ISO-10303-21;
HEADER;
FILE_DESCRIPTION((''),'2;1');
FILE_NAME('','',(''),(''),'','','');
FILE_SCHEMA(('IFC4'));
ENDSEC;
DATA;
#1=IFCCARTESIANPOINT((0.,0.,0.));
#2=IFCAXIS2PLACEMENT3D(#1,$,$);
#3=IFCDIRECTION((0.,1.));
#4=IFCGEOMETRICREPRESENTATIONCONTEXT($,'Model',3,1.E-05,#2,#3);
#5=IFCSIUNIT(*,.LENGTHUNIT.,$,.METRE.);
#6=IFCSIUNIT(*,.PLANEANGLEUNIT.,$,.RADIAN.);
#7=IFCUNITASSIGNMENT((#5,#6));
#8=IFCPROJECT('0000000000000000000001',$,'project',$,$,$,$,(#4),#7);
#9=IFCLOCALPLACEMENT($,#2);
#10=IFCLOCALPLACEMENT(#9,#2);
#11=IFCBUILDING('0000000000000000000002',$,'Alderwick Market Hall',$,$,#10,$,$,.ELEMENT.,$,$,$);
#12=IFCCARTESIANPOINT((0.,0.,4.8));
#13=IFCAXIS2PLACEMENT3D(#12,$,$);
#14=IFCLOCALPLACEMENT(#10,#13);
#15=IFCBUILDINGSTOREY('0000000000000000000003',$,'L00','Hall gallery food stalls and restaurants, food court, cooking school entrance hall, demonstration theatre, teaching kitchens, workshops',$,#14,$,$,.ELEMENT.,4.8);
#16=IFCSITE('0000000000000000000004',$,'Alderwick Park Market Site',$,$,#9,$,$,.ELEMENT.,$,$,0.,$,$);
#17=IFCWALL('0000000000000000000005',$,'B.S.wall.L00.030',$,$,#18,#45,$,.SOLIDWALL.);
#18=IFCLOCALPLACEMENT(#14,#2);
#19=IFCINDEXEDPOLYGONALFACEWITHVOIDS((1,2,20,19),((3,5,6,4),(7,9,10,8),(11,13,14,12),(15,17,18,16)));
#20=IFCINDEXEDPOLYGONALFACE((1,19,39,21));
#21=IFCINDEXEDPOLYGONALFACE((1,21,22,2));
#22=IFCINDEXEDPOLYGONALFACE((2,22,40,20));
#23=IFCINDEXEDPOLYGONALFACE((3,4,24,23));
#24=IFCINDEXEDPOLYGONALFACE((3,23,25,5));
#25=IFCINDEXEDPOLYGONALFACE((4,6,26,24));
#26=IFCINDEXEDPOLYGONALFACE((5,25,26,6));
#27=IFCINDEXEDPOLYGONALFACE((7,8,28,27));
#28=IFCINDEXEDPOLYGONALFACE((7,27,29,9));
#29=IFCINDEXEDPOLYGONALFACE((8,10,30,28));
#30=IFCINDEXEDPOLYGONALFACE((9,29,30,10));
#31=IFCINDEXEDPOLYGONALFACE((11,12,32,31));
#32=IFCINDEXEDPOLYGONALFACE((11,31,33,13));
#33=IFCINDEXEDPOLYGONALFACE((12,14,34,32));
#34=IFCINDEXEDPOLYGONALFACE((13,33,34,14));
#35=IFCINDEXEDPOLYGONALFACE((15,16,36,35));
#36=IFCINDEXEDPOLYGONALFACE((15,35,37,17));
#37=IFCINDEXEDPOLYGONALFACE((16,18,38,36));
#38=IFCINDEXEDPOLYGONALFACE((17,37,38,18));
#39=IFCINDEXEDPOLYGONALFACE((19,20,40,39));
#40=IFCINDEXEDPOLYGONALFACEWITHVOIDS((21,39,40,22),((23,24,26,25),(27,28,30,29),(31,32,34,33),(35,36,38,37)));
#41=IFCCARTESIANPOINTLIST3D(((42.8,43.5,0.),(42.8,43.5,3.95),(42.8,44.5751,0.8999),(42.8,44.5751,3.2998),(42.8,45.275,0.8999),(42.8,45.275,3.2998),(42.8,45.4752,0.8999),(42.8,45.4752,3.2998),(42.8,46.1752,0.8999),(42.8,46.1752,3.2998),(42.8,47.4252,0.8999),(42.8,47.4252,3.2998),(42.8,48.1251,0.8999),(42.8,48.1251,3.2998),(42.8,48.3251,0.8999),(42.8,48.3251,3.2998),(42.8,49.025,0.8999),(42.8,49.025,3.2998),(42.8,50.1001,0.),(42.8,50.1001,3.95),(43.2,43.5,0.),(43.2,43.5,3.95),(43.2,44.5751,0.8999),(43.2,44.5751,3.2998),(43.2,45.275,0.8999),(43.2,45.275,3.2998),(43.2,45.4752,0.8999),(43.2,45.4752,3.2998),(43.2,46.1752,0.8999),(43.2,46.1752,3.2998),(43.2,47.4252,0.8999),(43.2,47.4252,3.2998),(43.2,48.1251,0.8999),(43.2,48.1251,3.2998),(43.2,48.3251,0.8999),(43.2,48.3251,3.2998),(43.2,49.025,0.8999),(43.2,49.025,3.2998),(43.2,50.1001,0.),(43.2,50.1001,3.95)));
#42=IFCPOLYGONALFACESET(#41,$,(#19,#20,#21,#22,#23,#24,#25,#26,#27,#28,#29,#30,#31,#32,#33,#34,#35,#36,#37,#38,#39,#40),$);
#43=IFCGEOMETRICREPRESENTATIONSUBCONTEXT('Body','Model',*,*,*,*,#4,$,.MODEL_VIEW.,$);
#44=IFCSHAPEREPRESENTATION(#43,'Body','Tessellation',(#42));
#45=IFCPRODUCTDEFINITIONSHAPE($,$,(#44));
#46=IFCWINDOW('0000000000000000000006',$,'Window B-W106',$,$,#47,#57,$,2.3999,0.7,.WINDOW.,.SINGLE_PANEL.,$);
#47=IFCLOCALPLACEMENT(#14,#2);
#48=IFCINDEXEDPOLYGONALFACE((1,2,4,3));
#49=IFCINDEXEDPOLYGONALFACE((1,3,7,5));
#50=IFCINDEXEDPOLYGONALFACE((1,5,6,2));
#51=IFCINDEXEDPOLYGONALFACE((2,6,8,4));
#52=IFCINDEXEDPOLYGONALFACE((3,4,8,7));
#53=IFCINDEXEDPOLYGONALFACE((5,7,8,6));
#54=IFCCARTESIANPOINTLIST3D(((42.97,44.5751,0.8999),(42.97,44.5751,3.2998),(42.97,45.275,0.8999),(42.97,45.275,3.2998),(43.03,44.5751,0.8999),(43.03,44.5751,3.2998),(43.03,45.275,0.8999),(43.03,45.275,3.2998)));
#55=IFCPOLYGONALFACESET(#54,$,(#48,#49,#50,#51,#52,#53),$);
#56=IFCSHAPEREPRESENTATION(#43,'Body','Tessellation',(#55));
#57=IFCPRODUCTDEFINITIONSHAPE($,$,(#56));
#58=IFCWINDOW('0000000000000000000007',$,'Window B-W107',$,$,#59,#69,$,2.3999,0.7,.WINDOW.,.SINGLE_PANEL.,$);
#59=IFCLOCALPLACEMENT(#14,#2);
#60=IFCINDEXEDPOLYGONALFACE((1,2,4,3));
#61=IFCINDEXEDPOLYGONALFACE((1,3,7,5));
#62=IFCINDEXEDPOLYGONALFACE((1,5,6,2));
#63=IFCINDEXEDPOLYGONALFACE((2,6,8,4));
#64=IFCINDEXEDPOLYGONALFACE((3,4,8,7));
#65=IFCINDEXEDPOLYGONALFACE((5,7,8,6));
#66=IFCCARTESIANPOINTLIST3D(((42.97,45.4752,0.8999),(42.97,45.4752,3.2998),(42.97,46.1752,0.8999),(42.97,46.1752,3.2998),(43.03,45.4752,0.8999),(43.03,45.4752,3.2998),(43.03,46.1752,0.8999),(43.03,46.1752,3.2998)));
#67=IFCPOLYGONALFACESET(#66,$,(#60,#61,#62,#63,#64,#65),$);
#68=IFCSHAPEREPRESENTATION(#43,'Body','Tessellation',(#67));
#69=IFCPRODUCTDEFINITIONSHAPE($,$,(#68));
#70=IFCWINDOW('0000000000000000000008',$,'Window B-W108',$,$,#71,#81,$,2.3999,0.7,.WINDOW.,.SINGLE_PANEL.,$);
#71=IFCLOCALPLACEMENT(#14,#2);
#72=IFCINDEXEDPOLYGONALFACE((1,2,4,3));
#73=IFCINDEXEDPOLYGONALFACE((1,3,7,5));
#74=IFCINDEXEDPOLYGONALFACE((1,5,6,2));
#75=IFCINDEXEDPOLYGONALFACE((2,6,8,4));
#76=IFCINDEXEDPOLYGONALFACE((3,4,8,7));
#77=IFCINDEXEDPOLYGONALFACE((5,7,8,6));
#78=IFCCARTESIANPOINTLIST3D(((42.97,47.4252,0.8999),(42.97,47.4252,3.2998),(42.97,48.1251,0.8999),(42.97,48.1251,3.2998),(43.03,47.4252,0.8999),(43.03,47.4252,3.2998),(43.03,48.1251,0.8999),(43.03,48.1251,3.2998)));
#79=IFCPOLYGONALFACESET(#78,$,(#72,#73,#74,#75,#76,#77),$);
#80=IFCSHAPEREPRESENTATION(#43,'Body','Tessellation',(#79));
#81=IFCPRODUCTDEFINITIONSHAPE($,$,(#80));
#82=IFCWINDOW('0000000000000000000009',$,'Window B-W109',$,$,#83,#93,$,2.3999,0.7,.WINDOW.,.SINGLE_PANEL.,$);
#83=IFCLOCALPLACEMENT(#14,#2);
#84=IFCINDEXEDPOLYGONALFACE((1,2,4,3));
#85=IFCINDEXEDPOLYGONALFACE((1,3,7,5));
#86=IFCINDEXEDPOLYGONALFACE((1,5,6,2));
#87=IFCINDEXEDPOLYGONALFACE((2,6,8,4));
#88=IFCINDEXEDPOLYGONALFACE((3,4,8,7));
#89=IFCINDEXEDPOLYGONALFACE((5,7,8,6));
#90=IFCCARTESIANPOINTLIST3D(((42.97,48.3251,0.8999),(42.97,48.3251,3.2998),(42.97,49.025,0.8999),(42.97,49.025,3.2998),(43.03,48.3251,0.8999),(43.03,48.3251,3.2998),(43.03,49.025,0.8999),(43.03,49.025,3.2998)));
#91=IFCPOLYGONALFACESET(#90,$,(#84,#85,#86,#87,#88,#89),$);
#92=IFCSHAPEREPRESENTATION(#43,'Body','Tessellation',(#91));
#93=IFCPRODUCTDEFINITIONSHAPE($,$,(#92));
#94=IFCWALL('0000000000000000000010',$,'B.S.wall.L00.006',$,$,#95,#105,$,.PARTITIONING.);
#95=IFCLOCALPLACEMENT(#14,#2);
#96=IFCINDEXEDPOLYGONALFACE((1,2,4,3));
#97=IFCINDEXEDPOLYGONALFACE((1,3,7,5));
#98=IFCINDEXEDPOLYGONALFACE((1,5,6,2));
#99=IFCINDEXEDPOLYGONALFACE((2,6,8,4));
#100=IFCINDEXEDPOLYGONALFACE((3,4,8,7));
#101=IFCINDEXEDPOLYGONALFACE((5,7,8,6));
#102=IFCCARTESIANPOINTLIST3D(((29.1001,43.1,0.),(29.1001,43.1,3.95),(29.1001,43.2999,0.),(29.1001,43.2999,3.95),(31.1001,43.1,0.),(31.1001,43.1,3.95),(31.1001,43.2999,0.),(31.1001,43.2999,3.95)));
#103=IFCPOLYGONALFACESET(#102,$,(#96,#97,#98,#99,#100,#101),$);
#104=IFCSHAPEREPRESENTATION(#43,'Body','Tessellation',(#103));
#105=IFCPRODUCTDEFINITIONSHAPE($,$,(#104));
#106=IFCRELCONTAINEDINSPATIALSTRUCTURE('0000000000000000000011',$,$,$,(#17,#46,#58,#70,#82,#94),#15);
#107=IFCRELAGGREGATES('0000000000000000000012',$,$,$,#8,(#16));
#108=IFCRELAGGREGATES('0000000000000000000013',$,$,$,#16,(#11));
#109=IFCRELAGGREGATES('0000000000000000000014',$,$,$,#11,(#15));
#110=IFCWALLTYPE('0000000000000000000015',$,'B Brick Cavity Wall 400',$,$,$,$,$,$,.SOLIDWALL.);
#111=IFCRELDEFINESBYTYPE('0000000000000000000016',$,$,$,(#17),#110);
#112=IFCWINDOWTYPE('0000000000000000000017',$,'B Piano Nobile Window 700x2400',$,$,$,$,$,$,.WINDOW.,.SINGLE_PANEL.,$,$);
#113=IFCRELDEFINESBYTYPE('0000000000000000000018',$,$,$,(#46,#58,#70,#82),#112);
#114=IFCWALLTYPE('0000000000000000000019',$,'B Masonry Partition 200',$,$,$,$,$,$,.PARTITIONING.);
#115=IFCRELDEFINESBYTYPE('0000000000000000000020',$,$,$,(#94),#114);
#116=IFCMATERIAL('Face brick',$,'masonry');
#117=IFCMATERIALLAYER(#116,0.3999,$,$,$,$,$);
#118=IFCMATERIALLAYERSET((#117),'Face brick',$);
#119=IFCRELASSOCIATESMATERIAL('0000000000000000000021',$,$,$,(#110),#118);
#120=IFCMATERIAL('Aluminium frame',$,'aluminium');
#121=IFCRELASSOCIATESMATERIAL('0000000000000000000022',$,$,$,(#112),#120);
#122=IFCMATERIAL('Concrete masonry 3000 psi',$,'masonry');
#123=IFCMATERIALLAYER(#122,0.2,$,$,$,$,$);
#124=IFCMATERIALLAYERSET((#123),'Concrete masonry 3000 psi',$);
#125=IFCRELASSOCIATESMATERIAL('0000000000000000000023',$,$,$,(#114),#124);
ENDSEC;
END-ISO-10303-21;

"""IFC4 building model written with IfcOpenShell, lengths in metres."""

from ifc_helpers import new_model, si_unit, direction, frame, frame_2d, origin, place, context, subcontext, project, spatial, rectangle, extrude, material, layer, layer_set, type_object, element, fill, save


model = new_model("IFC4")

# Units and contexts
model_context = context("Model", 3, precision=1e-05, world=origin(), true_north=direction((0.0, 1.0)))
body_context = subcontext(model_context, "Body", "Model", "MODEL_VIEW")
ifc_project = project(units=[si_unit("LENGTHUNIT", "METRE"), si_unit("PLANEANGLEUNIT", "RADIAN")], contexts=[model_context])

# Site, building, storey
site_placement = place(None, origin())
site = spatial("IfcSite", under=ifc_project, at=site_placement, Name="Alderwick Park Market Site", CompositionType="ELEMENT", RefElevation=0.0)
building_placement = place(site_placement, origin())
building = spatial("IfcBuilding", under=site, at=building_placement, Name="Alderwick Market Hall", CompositionType="ELEMENT")
storey_placement = place(building_placement, frame((0.0, 0.0, 4.8)))
storey = spatial("IfcBuildingStorey", under=building, at=storey_placement, Name="L00", Description="Hall gallery food stalls and restaurants, food court, cooking school entrance hall, demonstration theatre, teaching kitchens, workshops", CompositionType="ELEMENT", Elevation=4.8)

# Wall, openings, windows
ifc_material_1 = material(Name="Face brick", Category="masonry")
ifc_layer_1 = layer(ifc_material_1, 0.3999)
ifc_layer_set_1 = layer_set([ifc_layer_1], Name="Face brick")
wall_type_1 = type_object("IfcWallType", Name="B Brick Cavity Wall 400", PredefinedType="SOLIDWALL", material=ifc_layer_set_1)
wall_1_placement = place(storey_placement, frame((43.0, 43.5, 0.0), z_axis=(0.0, 0.0, 1.0), x_axis=(0.0, 1.0, 0.0)))
wall_1 = element("IfcWall", 1, at=wall_1_placement, inside=storey, type_object=wall_type_1, Name="B.S.wall.L00.030", PredefinedType="SOLIDWALL", context=body_context, shape_type="SweptSolid", body=[
    extrude(rectangle(XDim=6.6001, YDim=0.3999, at=frame_2d((3.3, 0.0))), origin(), (0.0, 0.0, 1.0), 3.95),
])
opening_1_placement = place(wall_1_placement, frame((1.075, 0.0, 0.8999)))
opening_1 = element("IfcOpeningElement", 2, at=opening_1_placement, cuts=wall_1, PredefinedType="OPENING", context=body_context, shape_type="SweptSolid", body=[
    extrude(rectangle(XDim=0.7, YDim=2.3999, at=frame_2d((0.3501, 1.2))), frame((0.0, 0.21, 0.0), z_axis=(0.0, -1.0, 0.0), x_axis=(1.0, 0.0, 0.0)), (0.0, 0.0, 1.0), 0.4199),
])
opening_2_placement = place(wall_1_placement, frame((1.9751, 0.0, 0.8999)))
opening_2 = element("IfcOpeningElement", 3, at=opening_2_placement, cuts=wall_1, PredefinedType="OPENING", context=body_context, shape_type="SweptSolid", body=[
    extrude(rectangle(XDim=0.7, YDim=2.3999, at=frame_2d((0.3501, 1.2))), frame((0.0, 0.21, 0.0), z_axis=(0.0, -1.0, 0.0), x_axis=(1.0, 0.0, 0.0)), (0.0, 0.0, 1.0), 0.4199),
])
opening_3_placement = place(wall_1_placement, frame((3.925, 0.0, 0.8999)))
opening_3 = element("IfcOpeningElement", 4, at=opening_3_placement, cuts=wall_1, PredefinedType="OPENING", context=body_context, shape_type="SweptSolid", body=[
    extrude(rectangle(XDim=0.7, YDim=2.3999, at=frame_2d((0.3501, 1.2))), frame((0.0, 0.21, 0.0), z_axis=(0.0, -1.0, 0.0), x_axis=(1.0, 0.0, 0.0)), (0.0, 0.0, 1.0), 0.4199),
])
opening_4_placement = place(wall_1_placement, frame((4.825, 0.0, 0.8999)))
opening_4 = element("IfcOpeningElement", 5, at=opening_4_placement, cuts=wall_1, PredefinedType="OPENING", context=body_context, shape_type="SweptSolid", body=[
    extrude(rectangle(XDim=0.7, YDim=2.3999, at=frame_2d((0.3501, 1.2))), frame((0.0, 0.21, 0.0), z_axis=(0.0, -1.0, 0.0), x_axis=(1.0, 0.0, 0.0)), (0.0, 0.0, 1.0), 0.4199),
])
ifc_material_2 = material(Name="Aluminium frame", Category="aluminium")
window_type = type_object("IfcWindowType", Name="B Piano Nobile Window 700x2400", PartitioningType="SINGLE_PANEL", PredefinedType="WINDOW", material=ifc_material_2)
window_1_placement = place(opening_1_placement, origin())
window_1 = element("IfcWindow", 6, at=window_1_placement, inside=storey, type_object=window_type, Name="Window B-W106", OverallHeight=2.3999, OverallWidth=0.7, PartitioningType="SINGLE_PANEL", PredefinedType="WINDOW", context=body_context, shape_type="SweptSolid", body=[
    extrude(rectangle(XDim=0.7, YDim=2.3999, at=frame_2d((0.3501, 1.2))), frame((0.0, 0.03, 0.0), z_axis=(0.0, -1.0, 0.0), x_axis=(1.0, 0.0, 0.0)), (0.0, 0.0, 1.0), 0.0601),
])
fill(opening_1, window_1)
window_2_placement = place(opening_2_placement, origin())
window_2 = element("IfcWindow", 7, at=window_2_placement, inside=storey, type_object=window_type, Name="Window B-W107", OverallHeight=2.3999, OverallWidth=0.7, PartitioningType="SINGLE_PANEL", PredefinedType="WINDOW", context=body_context, shape_type="SweptSolid", body=[
    extrude(rectangle(XDim=0.7, YDim=2.3999, at=frame_2d((0.3501, 1.2))), frame((0.0, 0.03, 0.0), z_axis=(0.0, -1.0, 0.0), x_axis=(1.0, 0.0, 0.0)), (0.0, 0.0, 1.0), 0.0601),
])
fill(opening_2, window_2)
window_3_placement = place(opening_3_placement, origin())
window_3 = element("IfcWindow", 8, at=window_3_placement, inside=storey, type_object=window_type, Name="Window B-W108", OverallHeight=2.3999, OverallWidth=0.7, PartitioningType="SINGLE_PANEL", PredefinedType="WINDOW", context=body_context, shape_type="SweptSolid", body=[
    extrude(rectangle(XDim=0.7, YDim=2.3999, at=frame_2d((0.3501, 1.2))), frame((0.0, 0.03, 0.0), z_axis=(0.0, -1.0, 0.0), x_axis=(1.0, 0.0, 0.0)), (0.0, 0.0, 1.0), 0.0601),
])
fill(opening_3, window_3)
window_4_placement = place(opening_4_placement, origin())
window_4 = element("IfcWindow", 9, at=window_4_placement, inside=storey, type_object=window_type, Name="Window B-W109", OverallHeight=2.3999, OverallWidth=0.7, PartitioningType="SINGLE_PANEL", PredefinedType="WINDOW", context=body_context, shape_type="SweptSolid", body=[
    extrude(rectangle(XDim=0.7, YDim=2.3999, at=frame_2d((0.3501, 1.2))), frame((0.0, 0.03, 0.0), z_axis=(0.0, -1.0, 0.0), x_axis=(1.0, 0.0, 0.0)), (0.0, 0.0, 1.0), 0.0601),
])
fill(opening_4, window_4)

# Wall
ifc_material_3 = material(Name="Concrete masonry 3000 psi", Category="masonry")
ifc_layer_2 = layer(ifc_material_3, 0.2)
ifc_layer_set_2 = layer_set([ifc_layer_2], Name="Concrete masonry 3000 psi")
wall_type_2 = type_object("IfcWallType", Name="B Masonry Partition 200", PredefinedType="PARTITIONING", material=ifc_layer_set_2)
wall_2_placement = place(storey_placement, frame((29.1001, 43.2, 0.0), z_axis=(0.0, 0.0, 1.0), x_axis=(1.0, 0.0, 0.0)))
element("IfcWall", 10, at=wall_2_placement, inside=storey, type_object=wall_type_2, Name="B.S.wall.L00.006", PredefinedType="PARTITIONING", context=body_context, shape_type="SweptSolid", body=[
    extrude(rectangle(XDim=2.0, YDim=0.2, at=frame_2d((1.0, 0.0))), origin(), (0.0, 0.0, 1.0), 3.95),
])

save(model, "model.ifc")
